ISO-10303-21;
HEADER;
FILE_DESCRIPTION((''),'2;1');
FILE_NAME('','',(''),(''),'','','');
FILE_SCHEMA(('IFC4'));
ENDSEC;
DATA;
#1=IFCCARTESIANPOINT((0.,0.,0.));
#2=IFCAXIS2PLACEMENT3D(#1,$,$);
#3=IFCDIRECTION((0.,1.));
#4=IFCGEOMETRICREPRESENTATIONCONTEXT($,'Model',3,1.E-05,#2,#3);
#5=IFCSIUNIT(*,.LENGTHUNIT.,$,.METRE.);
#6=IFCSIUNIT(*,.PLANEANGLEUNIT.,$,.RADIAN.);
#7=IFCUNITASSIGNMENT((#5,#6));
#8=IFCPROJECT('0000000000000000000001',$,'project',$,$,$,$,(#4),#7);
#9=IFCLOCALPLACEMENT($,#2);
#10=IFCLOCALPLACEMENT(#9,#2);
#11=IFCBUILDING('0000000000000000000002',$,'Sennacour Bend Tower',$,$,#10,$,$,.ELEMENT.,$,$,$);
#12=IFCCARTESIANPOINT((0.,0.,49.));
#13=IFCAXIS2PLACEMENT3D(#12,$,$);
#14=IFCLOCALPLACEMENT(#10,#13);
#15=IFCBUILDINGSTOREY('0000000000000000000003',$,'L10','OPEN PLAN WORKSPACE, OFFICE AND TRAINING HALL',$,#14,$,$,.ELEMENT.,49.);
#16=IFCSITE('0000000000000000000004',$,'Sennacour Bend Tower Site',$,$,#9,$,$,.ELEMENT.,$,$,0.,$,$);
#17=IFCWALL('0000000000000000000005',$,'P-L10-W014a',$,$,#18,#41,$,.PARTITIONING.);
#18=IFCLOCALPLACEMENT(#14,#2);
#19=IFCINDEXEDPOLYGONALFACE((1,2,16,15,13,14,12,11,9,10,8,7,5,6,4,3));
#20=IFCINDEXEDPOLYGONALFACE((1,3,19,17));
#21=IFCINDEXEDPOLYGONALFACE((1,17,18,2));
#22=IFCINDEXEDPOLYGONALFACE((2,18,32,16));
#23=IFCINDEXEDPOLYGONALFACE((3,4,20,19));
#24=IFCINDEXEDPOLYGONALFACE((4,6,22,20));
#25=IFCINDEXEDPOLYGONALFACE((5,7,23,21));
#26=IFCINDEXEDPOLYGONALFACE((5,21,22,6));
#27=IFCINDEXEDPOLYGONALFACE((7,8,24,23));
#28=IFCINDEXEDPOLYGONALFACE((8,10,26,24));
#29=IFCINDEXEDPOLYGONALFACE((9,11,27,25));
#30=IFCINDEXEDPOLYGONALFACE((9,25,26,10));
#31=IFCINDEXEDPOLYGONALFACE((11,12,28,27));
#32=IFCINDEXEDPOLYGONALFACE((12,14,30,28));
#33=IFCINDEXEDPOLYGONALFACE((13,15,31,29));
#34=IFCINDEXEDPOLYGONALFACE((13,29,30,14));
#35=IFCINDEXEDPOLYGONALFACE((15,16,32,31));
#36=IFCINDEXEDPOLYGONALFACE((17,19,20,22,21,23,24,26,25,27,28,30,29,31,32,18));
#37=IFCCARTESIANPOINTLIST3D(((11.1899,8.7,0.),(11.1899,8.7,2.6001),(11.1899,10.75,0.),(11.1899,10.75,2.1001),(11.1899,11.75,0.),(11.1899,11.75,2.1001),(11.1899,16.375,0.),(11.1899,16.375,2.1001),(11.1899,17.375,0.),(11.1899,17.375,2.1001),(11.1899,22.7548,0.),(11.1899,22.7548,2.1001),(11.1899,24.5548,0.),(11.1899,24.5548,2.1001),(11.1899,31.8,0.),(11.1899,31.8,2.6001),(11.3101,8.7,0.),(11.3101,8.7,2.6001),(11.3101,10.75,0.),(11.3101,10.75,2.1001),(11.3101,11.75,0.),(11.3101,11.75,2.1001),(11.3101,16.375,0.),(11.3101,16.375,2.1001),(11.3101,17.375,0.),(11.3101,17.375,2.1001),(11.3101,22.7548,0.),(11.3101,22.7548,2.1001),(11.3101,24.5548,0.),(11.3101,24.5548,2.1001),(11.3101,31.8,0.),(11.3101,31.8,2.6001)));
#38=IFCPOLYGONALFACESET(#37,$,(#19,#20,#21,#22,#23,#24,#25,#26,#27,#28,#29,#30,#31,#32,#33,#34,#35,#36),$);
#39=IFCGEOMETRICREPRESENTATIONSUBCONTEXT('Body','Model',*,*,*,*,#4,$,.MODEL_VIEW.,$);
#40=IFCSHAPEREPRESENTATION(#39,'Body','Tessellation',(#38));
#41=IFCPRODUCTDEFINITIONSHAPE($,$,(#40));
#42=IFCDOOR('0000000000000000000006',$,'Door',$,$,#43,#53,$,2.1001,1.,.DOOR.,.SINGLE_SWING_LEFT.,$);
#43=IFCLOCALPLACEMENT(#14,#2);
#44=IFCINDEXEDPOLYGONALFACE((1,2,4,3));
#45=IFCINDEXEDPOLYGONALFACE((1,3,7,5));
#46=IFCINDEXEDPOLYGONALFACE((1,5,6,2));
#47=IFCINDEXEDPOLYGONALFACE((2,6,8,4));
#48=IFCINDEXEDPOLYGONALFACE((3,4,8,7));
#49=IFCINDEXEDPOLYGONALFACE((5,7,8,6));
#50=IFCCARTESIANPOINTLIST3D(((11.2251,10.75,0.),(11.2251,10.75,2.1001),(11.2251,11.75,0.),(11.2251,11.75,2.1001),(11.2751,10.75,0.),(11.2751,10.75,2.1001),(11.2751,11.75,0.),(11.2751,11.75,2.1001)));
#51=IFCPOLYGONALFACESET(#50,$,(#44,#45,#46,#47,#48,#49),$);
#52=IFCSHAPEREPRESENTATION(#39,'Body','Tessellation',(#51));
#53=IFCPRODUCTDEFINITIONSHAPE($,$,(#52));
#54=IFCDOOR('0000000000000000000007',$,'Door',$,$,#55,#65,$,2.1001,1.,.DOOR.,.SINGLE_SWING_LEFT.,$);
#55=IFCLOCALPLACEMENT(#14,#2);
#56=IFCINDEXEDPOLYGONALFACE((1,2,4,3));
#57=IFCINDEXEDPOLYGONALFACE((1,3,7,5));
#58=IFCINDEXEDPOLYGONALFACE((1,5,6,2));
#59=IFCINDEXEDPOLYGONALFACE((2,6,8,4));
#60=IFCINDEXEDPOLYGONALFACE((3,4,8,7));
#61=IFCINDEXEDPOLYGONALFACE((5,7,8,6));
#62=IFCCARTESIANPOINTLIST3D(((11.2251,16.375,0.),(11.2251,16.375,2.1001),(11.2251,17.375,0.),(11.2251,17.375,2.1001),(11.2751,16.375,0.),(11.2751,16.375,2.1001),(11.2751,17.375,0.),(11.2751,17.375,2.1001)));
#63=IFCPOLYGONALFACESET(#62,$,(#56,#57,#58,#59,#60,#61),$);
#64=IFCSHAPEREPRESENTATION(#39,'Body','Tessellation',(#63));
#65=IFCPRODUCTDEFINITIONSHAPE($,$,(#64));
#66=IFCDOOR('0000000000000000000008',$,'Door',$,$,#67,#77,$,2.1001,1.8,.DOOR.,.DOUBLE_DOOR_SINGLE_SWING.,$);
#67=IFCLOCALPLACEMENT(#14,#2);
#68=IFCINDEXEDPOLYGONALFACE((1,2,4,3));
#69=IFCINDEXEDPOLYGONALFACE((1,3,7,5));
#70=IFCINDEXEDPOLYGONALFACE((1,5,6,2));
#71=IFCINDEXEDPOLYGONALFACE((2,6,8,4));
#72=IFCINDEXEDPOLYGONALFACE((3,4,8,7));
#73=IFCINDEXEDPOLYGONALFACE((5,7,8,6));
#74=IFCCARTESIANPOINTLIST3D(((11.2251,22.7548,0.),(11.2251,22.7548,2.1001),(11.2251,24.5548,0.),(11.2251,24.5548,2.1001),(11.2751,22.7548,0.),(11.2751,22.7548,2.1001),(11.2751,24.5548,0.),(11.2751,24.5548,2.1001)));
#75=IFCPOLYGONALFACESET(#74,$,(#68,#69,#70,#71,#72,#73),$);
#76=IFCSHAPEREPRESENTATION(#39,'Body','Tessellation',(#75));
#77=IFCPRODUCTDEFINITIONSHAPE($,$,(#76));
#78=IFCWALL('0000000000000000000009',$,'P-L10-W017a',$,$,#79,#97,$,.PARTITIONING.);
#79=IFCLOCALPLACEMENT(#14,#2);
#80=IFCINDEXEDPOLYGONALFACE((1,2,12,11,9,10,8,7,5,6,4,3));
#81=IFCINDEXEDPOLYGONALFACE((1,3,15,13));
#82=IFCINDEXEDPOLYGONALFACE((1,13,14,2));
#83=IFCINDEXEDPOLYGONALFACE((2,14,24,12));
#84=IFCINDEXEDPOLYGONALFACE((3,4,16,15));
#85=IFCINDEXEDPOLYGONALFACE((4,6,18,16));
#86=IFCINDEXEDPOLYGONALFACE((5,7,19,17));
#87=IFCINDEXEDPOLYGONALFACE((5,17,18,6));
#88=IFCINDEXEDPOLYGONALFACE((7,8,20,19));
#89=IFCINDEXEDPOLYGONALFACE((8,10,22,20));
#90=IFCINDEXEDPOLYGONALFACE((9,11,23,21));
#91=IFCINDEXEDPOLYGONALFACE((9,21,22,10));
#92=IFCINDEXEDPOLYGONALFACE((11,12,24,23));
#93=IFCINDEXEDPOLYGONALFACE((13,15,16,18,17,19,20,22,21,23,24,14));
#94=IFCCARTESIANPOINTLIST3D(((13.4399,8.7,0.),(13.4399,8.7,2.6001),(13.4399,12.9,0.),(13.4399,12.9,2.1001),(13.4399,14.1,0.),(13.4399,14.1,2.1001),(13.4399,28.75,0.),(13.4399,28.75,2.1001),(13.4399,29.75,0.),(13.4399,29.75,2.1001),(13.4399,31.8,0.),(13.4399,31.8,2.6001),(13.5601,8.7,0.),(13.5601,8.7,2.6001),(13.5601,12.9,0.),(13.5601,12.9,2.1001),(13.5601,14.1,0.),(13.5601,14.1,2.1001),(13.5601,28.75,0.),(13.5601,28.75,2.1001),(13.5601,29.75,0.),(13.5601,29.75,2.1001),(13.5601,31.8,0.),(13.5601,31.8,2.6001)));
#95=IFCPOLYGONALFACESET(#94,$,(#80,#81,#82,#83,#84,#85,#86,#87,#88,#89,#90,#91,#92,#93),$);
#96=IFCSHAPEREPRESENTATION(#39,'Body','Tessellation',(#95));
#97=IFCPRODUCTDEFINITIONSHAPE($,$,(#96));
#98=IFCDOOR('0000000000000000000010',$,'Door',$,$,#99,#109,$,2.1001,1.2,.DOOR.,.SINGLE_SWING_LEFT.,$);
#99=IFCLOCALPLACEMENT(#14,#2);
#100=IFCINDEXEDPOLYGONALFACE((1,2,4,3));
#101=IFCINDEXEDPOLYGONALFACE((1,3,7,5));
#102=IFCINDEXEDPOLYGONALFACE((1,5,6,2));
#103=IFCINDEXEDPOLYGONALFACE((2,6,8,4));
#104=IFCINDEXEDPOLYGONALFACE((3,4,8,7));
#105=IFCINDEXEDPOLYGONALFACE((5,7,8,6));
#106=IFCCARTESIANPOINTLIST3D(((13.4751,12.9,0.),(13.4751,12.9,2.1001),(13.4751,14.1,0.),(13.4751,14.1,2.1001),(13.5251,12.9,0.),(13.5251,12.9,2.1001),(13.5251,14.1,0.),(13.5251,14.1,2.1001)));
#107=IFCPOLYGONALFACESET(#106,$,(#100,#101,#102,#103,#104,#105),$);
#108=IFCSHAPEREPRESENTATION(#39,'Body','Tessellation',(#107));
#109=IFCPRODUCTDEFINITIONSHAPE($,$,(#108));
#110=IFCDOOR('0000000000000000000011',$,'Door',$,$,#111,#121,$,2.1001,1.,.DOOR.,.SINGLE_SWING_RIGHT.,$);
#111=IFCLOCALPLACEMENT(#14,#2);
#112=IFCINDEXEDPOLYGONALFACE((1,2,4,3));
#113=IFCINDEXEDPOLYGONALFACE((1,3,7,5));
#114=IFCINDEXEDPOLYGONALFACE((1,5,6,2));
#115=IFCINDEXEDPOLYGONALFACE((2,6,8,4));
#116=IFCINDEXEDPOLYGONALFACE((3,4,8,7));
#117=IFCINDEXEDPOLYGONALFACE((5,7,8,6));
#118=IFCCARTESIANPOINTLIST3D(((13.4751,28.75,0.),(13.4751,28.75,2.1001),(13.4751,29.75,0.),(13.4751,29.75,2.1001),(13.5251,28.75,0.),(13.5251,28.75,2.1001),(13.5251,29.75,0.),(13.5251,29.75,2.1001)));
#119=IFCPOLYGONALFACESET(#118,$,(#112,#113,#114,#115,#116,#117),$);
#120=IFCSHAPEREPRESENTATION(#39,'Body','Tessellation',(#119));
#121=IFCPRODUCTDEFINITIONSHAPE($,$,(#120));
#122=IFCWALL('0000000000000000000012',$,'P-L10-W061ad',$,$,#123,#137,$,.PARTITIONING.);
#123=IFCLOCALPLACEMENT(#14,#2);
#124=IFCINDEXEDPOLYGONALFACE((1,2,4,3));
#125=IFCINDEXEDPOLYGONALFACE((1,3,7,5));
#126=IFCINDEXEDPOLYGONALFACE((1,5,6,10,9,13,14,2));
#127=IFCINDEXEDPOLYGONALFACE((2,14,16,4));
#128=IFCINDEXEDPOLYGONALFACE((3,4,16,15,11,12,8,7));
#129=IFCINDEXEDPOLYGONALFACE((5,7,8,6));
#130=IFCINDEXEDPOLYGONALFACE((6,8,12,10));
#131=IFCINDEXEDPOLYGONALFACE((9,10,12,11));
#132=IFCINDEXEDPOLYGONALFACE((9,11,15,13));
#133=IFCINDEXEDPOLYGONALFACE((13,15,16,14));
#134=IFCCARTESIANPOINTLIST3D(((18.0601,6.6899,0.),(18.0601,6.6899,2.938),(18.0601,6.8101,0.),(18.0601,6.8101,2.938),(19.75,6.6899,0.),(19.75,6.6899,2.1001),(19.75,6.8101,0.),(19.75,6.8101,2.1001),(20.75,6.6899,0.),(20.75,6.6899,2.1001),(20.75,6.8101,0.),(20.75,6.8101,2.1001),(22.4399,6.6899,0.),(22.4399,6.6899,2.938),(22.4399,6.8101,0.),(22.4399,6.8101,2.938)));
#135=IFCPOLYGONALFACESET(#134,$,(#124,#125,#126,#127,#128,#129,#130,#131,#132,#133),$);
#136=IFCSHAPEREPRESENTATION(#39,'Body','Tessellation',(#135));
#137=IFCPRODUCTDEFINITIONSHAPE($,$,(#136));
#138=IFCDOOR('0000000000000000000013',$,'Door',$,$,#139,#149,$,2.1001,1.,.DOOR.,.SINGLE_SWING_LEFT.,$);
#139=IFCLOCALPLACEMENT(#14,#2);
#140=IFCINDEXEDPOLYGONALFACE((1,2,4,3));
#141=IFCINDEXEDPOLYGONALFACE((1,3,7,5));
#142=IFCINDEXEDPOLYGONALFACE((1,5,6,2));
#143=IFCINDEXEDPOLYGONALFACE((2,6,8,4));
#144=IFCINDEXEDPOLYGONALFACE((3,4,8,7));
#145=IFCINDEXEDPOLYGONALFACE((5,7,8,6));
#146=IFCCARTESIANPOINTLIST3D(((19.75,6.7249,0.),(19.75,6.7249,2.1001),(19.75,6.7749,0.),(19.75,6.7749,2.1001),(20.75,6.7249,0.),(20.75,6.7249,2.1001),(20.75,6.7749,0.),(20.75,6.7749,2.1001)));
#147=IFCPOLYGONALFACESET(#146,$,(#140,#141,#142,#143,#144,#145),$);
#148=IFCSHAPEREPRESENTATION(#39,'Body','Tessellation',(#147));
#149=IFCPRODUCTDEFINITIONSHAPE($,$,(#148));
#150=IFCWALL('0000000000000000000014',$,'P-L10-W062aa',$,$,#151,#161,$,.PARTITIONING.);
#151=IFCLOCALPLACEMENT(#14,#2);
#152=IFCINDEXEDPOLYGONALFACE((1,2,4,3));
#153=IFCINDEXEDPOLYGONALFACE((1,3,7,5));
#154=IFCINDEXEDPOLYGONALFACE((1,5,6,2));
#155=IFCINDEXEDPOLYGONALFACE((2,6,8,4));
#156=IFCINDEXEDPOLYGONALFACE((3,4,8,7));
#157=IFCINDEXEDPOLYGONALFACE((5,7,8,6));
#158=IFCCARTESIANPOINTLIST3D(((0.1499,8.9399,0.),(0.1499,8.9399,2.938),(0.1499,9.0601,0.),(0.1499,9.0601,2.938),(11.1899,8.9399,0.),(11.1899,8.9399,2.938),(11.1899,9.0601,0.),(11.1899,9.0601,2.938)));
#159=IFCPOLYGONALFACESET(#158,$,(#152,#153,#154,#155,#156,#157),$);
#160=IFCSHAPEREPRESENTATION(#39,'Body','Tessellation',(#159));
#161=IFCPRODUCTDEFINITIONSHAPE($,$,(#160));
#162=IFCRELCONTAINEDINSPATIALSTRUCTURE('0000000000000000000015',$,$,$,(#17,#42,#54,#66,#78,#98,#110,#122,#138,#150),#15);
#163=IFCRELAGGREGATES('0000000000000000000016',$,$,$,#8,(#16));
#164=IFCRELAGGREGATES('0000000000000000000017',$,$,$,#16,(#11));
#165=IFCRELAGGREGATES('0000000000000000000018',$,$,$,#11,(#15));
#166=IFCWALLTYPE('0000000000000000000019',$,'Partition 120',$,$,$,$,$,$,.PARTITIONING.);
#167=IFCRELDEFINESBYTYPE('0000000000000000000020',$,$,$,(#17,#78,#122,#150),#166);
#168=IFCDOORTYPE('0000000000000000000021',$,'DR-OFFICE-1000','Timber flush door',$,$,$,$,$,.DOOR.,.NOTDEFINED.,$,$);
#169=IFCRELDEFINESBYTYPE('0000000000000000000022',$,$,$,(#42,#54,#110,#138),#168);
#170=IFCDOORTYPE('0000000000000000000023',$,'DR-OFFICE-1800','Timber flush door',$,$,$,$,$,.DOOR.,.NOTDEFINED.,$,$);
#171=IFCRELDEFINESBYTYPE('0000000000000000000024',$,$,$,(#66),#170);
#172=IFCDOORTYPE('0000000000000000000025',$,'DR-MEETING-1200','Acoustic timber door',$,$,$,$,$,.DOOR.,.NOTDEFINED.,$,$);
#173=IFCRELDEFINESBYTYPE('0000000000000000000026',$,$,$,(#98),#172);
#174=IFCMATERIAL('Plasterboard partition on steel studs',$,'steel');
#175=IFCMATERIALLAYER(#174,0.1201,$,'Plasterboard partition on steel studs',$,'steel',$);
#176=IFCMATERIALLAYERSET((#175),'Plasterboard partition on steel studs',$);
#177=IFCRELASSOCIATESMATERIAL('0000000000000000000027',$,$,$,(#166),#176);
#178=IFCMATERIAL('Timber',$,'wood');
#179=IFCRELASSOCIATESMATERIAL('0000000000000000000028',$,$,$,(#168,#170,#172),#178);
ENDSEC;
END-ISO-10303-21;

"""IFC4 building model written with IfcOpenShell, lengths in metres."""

from ifc_helpers import new_model, si_unit, direction, frame, frame_2d, origin, place, context, subcontext, project, spatial, rectangle, extrude, material, layer, layer_set, type_object, element, fill, save


model = new_model("IFC4")

# Units and contexts
model_context = context("Model", 3, precision=1e-05, world=origin(), true_north=direction((0.0, 1.0)))
body_context = subcontext(model_context, "Body", "Model", "MODEL_VIEW")
ifc_project = project(units=[si_unit("LENGTHUNIT", "METRE"), si_unit("PLANEANGLEUNIT", "RADIAN")], contexts=[model_context])

# Site, building, storey
site_placement = place(None, origin())
site = spatial("IfcSite", under=ifc_project, at=site_placement, Name="Sennacour Bend Tower Site", CompositionType="ELEMENT", RefElevation=0.0)
building_placement = place(site_placement, origin())
building = spatial("IfcBuilding", under=site, at=building_placement, Name="Sennacour Bend Tower", CompositionType="ELEMENT")
storey_placement = place(building_placement, frame((0.0, 0.0, 49.0)))
storey = spatial("IfcBuildingStorey", under=building, at=storey_placement, Name="L10", Description="OPEN PLAN WORKSPACE, OFFICE AND TRAINING HALL", CompositionType="ELEMENT", Elevation=49.0)

# Walls, openings, doors
ifc_material_1 = material(Name="Plasterboard partition on steel studs", Category="steel")
ifc_layer_1 = layer(ifc_material_1, 0.1201, Name="Plasterboard partition on steel studs", Category="steel")
ifc_layer_set_1 = layer_set([ifc_layer_1], Name="Plasterboard partition on steel studs")
wall_type_1 = type_object("IfcWallType", Name="Partition 120", PredefinedType="PARTITIONING", material=ifc_layer_set_1)
wall_1_placement = place(storey_placement, frame((11.25, 8.7, 0.0), z_axis=(0.0, 0.0, 1.0), x_axis=(0.0, 1.0, 0.0)))
wall_1 = element("IfcWall", 1, at=wall_1_placement, inside=storey, type_object=wall_type_1, Name="P-L10-W014a", PredefinedType="PARTITIONING", context=body_context, shape_type="SweptSolid", body=[
    extrude(rectangle(XDim=23.1001, YDim=0.1201, at=frame_2d((11.55, 0.0))), origin(), (0.0, 0.0, 1.0), 2.6001),
])
opening_1_placement = place(wall_1_placement, frame((2.05, 0.0, 0.0)))
opening_1 = element("IfcOpeningElement", 2, at=opening_1_placement, cuts=wall_1, PredefinedType="OPENING", context=body_context, shape_type="SweptSolid", body=[
    extrude(rectangle(XDim=1.0, YDim=2.1001, at=frame_2d((0.5, 1.05))), frame((0.0, 0.0701, 0.0), z_axis=(0.0, -1.0, 0.0), x_axis=(1.0, 0.0, 0.0)), (0.0, 0.0, 1.0), 0.1401),
])
opening_2_placement = place(wall_1_placement, frame((7.675, 0.0, 0.0)))
opening_2 = element("IfcOpeningElement", 3, at=opening_2_placement, cuts=wall_1, PredefinedType="OPENING", context=body_context, shape_type="SweptSolid", body=[
    extrude(rectangle(XDim=1.0, YDim=2.1001, at=frame_2d((0.5, 1.05))), frame((0.0, 0.0701, 0.0), z_axis=(0.0, -1.0, 0.0), x_axis=(1.0, 0.0, 0.0)), (0.0, 0.0, 1.0), 0.1401),
])
opening_3_placement = place(wall_1_placement, frame((14.0549, 0.0, 0.0)))
opening_3 = element("IfcOpeningElement", 4, at=opening_3_placement, cuts=wall_1, PredefinedType="OPENING", context=body_context, shape_type="SweptSolid", body=[
    extrude(rectangle(XDim=1.8, YDim=2.1001, at=frame_2d((0.8999, 1.05))), frame((0.0, 0.0701, 0.0), z_axis=(0.0, -1.0, 0.0), x_axis=(1.0, 0.0, 0.0)), (0.0, 0.0, 1.0), 0.1401),
])
ifc_material_2 = material(Name="Timber", Category="wood")
door_type_1 = type_object("IfcDoorType", Name="DR-OFFICE-1000", Description="Timber flush door", OperationType="NOTDEFINED", PredefinedType="DOOR", material=ifc_material_2)
door_1_placement = place(opening_1_placement, origin())
door_1 = element("IfcDoor", 5, at=door_1_placement, inside=storey, type_object=door_type_1, Name="Door", OperationType="SINGLE_SWING_LEFT", OverallHeight=2.1001, OverallWidth=1.0, PredefinedType="DOOR", context=body_context, shape_type="SweptSolid", body=[
    extrude(rectangle(XDim=1.0, YDim=2.1001, at=frame_2d((0.5, 1.05))), frame((0.0, 0.0249, 0.0), z_axis=(0.0, -1.0, 0.0), x_axis=(1.0, 0.0, 0.0)), (0.0, 0.0, 1.0), 0.05),
])
fill(opening_1, door_1)
door_2_placement = place(opening_2_placement, origin())
door_2 = element("IfcDoor", 6, at=door_2_placement, inside=storey, type_object=door_type_1, Name="Door", OperationType="SINGLE_SWING_LEFT", OverallHeight=2.1001, OverallWidth=1.0, PredefinedType="DOOR", context=body_context, shape_type="SweptSolid", body=[
    extrude(rectangle(XDim=1.0, YDim=2.1001, at=frame_2d((0.5, 1.05))), frame((0.0, 0.0249, 0.0), z_axis=(0.0, -1.0, 0.0), x_axis=(1.0, 0.0, 0.0)), (0.0, 0.0, 1.0), 0.05),
])
fill(opening_2, door_2)
door_type_2 = type_object("IfcDoorType", Name="DR-OFFICE-1800", Description="Timber flush door", OperationType="NOTDEFINED", PredefinedType="DOOR", material=ifc_material_2)
door_3_placement = place(opening_3_placement, origin())
door_3 = element("IfcDoor", 7, at=door_3_placement, inside=storey, type_object=door_type_2, Name="Door", OperationType="DOUBLE_DOOR_SINGLE_SWING", OverallHeight=2.1001, OverallWidth=1.8, PredefinedType="DOOR", context=body_context, shape_type="SweptSolid", body=[
    extrude(rectangle(XDim=1.8, YDim=2.1001, at=frame_2d((0.8999, 1.05))), frame((0.0, 0.0249, 0.0), z_axis=(0.0, -1.0, 0.0), x_axis=(1.0, 0.0, 0.0)), (0.0, 0.0, 1.0), 0.05),
])
fill(opening_3, door_3)
wall_2_placement = place(storey_placement, frame((13.5, 8.7, 0.0), z_axis=(0.0, 0.0, 1.0), x_axis=(0.0, 1.0, 0.0)))
wall_2 = element("IfcWall", 8, at=wall_2_placement, inside=storey, type_object=wall_type_1, Name="P-L10-W017a", PredefinedType="PARTITIONING", context=body_context, shape_type="SweptSolid", body=[
    extrude(rectangle(XDim=23.1001, YDim=0.1201, at=frame_2d((11.55, 0.0))), origin(), (0.0, 0.0, 1.0), 2.6001),
])
opening_4_placement = place(wall_2_placement, frame((20.05, 0.0, 0.0)))
opening_4 = element("IfcOpeningElement", 9, at=opening_4_placement, cuts=wall_2, PredefinedType="OPENING", context=body_context, shape_type="SweptSolid", body=[
    extrude(rectangle(XDim=1.0, YDim=2.1001, at=frame_2d((0.5, 1.05))), frame((0.0, 0.0701, 0.0), z_axis=(0.0, -1.0, 0.0), x_axis=(1.0, 0.0, 0.0)), (0.0, 0.0, 1.0), 0.1401),
])
opening_5_placement = place(wall_2_placement, frame((4.2, 0.0, 0.0)))
opening_5 = element("IfcOpeningElement", 10, at=opening_5_placement, cuts=wall_2, PredefinedType="OPENING", context=body_context, shape_type="SweptSolid", body=[
    extrude(rectangle(XDim=1.2, YDim=2.1001, at=frame_2d((0.6001, 1.05))), frame((0.0, 0.0701, 0.0), z_axis=(0.0, -1.0, 0.0), x_axis=(1.0, 0.0, 0.0)), (0.0, 0.0, 1.0), 0.1401),
])
door_type_3 = type_object("IfcDoorType", Name="DR-MEETING-1200", Description="Acoustic timber door", OperationType="NOTDEFINED", PredefinedType="DOOR", material=ifc_material_2)
door_4_placement = place(opening_5_placement, origin())
door_4 = element("IfcDoor", 11, at=door_4_placement, inside=storey, type_object=door_type_3, Name="Door", OperationType="SINGLE_SWING_LEFT", OverallHeight=2.1001, OverallWidth=1.2, PredefinedType="DOOR", context=body_context, shape_type="SweptSolid", body=[
    extrude(rectangle(XDim=1.2, YDim=2.1001, at=frame_2d((0.6001, 1.05))), frame((0.0, 0.0249, 0.0), z_axis=(0.0, -1.0, 0.0), x_axis=(1.0, 0.0, 0.0)), (0.0, 0.0, 1.0), 0.05),
])
fill(opening_5, door_4)
door_5_placement = place(opening_4_placement, origin())
door_5 = element("IfcDoor", 12, at=door_5_placement, inside=storey, type_object=door_type_1, Name="Door", OperationType="SINGLE_SWING_RIGHT", OverallHeight=2.1001, OverallWidth=1.0, PredefinedType="DOOR", context=body_context, shape_type="SweptSolid", body=[
    extrude(rectangle(XDim=1.0, YDim=2.1001, at=frame_2d((0.5, 1.05))), frame((0.0, 0.0249, 0.0), z_axis=(0.0, -1.0, 0.0), x_axis=(1.0, 0.0, 0.0)), (0.0, 0.0, 1.0), 0.05),
])
fill(opening_4, door_5)

# Wall, opening, door
wall_3_placement = place(storey_placement, frame((18.0601, 6.75, 0.0), z_axis=(0.0, 0.0, 1.0), x_axis=(1.0, 0.0, 0.0)))
wall_3 = element("IfcWall", 13, at=wall_3_placement, inside=storey, type_object=wall_type_1, Name="P-L10-W061ad", PredefinedType="PARTITIONING", context=body_context, shape_type="SweptSolid", body=[
    extrude(rectangle(XDim=4.3799, YDim=0.1201, at=frame_2d((2.1899, 0.0))), origin(), (0.0, 0.0, 1.0), 2.938),
])
opening_6_placement = place(wall_3_placement, frame((1.6899, 0.0, 0.0)))
opening_6 = element("IfcOpeningElement", 14, at=opening_6_placement, cuts=wall_3, PredefinedType="OPENING", context=body_context, shape_type="SweptSolid", body=[
    extrude(rectangle(XDim=1.0, YDim=2.1001, at=frame_2d((0.5, 1.05))), frame((0.0, 0.0701, 0.0), z_axis=(0.0, -1.0, 0.0), x_axis=(1.0, 0.0, 0.0)), (0.0, 0.0, 1.0), 0.1401),
])
door_6_placement = place(opening_6_placement, origin())
door_6 = element("IfcDoor", 15, at=door_6_placement, inside=storey, type_object=door_type_1, Name="Door", OperationType="SINGLE_SWING_LEFT", OverallHeight=2.1001, OverallWidth=1.0, PredefinedType="DOOR", context=body_context, shape_type="SweptSolid", body=[
    extrude(rectangle(XDim=1.0, YDim=2.1001, at=frame_2d((0.5, 1.05))), frame((0.0, 0.0249, 0.0), z_axis=(0.0, -1.0, 0.0), x_axis=(1.0, 0.0, 0.0)), (0.0, 0.0, 1.0), 0.05),
])
fill(opening_6, door_6)

# Wall
wall_4_placement = place(storey_placement, frame((0.1499, 9.0, 0.0), z_axis=(0.0, 0.0, 1.0), x_axis=(1.0, 0.0, 0.0)))
element("IfcWall", 16, at=wall_4_placement, inside=storey, type_object=wall_type_1, Name="P-L10-W062aa", PredefinedType="PARTITIONING", context=body_context, shape_type="SweptSolid", body=[
    extrude(rectangle(XDim=11.04, YDim=0.1201, at=frame_2d((5.52, 0.0))), origin(), (0.0, 0.0, 1.0), 2.938),
])

save(model, "model.ifc")
